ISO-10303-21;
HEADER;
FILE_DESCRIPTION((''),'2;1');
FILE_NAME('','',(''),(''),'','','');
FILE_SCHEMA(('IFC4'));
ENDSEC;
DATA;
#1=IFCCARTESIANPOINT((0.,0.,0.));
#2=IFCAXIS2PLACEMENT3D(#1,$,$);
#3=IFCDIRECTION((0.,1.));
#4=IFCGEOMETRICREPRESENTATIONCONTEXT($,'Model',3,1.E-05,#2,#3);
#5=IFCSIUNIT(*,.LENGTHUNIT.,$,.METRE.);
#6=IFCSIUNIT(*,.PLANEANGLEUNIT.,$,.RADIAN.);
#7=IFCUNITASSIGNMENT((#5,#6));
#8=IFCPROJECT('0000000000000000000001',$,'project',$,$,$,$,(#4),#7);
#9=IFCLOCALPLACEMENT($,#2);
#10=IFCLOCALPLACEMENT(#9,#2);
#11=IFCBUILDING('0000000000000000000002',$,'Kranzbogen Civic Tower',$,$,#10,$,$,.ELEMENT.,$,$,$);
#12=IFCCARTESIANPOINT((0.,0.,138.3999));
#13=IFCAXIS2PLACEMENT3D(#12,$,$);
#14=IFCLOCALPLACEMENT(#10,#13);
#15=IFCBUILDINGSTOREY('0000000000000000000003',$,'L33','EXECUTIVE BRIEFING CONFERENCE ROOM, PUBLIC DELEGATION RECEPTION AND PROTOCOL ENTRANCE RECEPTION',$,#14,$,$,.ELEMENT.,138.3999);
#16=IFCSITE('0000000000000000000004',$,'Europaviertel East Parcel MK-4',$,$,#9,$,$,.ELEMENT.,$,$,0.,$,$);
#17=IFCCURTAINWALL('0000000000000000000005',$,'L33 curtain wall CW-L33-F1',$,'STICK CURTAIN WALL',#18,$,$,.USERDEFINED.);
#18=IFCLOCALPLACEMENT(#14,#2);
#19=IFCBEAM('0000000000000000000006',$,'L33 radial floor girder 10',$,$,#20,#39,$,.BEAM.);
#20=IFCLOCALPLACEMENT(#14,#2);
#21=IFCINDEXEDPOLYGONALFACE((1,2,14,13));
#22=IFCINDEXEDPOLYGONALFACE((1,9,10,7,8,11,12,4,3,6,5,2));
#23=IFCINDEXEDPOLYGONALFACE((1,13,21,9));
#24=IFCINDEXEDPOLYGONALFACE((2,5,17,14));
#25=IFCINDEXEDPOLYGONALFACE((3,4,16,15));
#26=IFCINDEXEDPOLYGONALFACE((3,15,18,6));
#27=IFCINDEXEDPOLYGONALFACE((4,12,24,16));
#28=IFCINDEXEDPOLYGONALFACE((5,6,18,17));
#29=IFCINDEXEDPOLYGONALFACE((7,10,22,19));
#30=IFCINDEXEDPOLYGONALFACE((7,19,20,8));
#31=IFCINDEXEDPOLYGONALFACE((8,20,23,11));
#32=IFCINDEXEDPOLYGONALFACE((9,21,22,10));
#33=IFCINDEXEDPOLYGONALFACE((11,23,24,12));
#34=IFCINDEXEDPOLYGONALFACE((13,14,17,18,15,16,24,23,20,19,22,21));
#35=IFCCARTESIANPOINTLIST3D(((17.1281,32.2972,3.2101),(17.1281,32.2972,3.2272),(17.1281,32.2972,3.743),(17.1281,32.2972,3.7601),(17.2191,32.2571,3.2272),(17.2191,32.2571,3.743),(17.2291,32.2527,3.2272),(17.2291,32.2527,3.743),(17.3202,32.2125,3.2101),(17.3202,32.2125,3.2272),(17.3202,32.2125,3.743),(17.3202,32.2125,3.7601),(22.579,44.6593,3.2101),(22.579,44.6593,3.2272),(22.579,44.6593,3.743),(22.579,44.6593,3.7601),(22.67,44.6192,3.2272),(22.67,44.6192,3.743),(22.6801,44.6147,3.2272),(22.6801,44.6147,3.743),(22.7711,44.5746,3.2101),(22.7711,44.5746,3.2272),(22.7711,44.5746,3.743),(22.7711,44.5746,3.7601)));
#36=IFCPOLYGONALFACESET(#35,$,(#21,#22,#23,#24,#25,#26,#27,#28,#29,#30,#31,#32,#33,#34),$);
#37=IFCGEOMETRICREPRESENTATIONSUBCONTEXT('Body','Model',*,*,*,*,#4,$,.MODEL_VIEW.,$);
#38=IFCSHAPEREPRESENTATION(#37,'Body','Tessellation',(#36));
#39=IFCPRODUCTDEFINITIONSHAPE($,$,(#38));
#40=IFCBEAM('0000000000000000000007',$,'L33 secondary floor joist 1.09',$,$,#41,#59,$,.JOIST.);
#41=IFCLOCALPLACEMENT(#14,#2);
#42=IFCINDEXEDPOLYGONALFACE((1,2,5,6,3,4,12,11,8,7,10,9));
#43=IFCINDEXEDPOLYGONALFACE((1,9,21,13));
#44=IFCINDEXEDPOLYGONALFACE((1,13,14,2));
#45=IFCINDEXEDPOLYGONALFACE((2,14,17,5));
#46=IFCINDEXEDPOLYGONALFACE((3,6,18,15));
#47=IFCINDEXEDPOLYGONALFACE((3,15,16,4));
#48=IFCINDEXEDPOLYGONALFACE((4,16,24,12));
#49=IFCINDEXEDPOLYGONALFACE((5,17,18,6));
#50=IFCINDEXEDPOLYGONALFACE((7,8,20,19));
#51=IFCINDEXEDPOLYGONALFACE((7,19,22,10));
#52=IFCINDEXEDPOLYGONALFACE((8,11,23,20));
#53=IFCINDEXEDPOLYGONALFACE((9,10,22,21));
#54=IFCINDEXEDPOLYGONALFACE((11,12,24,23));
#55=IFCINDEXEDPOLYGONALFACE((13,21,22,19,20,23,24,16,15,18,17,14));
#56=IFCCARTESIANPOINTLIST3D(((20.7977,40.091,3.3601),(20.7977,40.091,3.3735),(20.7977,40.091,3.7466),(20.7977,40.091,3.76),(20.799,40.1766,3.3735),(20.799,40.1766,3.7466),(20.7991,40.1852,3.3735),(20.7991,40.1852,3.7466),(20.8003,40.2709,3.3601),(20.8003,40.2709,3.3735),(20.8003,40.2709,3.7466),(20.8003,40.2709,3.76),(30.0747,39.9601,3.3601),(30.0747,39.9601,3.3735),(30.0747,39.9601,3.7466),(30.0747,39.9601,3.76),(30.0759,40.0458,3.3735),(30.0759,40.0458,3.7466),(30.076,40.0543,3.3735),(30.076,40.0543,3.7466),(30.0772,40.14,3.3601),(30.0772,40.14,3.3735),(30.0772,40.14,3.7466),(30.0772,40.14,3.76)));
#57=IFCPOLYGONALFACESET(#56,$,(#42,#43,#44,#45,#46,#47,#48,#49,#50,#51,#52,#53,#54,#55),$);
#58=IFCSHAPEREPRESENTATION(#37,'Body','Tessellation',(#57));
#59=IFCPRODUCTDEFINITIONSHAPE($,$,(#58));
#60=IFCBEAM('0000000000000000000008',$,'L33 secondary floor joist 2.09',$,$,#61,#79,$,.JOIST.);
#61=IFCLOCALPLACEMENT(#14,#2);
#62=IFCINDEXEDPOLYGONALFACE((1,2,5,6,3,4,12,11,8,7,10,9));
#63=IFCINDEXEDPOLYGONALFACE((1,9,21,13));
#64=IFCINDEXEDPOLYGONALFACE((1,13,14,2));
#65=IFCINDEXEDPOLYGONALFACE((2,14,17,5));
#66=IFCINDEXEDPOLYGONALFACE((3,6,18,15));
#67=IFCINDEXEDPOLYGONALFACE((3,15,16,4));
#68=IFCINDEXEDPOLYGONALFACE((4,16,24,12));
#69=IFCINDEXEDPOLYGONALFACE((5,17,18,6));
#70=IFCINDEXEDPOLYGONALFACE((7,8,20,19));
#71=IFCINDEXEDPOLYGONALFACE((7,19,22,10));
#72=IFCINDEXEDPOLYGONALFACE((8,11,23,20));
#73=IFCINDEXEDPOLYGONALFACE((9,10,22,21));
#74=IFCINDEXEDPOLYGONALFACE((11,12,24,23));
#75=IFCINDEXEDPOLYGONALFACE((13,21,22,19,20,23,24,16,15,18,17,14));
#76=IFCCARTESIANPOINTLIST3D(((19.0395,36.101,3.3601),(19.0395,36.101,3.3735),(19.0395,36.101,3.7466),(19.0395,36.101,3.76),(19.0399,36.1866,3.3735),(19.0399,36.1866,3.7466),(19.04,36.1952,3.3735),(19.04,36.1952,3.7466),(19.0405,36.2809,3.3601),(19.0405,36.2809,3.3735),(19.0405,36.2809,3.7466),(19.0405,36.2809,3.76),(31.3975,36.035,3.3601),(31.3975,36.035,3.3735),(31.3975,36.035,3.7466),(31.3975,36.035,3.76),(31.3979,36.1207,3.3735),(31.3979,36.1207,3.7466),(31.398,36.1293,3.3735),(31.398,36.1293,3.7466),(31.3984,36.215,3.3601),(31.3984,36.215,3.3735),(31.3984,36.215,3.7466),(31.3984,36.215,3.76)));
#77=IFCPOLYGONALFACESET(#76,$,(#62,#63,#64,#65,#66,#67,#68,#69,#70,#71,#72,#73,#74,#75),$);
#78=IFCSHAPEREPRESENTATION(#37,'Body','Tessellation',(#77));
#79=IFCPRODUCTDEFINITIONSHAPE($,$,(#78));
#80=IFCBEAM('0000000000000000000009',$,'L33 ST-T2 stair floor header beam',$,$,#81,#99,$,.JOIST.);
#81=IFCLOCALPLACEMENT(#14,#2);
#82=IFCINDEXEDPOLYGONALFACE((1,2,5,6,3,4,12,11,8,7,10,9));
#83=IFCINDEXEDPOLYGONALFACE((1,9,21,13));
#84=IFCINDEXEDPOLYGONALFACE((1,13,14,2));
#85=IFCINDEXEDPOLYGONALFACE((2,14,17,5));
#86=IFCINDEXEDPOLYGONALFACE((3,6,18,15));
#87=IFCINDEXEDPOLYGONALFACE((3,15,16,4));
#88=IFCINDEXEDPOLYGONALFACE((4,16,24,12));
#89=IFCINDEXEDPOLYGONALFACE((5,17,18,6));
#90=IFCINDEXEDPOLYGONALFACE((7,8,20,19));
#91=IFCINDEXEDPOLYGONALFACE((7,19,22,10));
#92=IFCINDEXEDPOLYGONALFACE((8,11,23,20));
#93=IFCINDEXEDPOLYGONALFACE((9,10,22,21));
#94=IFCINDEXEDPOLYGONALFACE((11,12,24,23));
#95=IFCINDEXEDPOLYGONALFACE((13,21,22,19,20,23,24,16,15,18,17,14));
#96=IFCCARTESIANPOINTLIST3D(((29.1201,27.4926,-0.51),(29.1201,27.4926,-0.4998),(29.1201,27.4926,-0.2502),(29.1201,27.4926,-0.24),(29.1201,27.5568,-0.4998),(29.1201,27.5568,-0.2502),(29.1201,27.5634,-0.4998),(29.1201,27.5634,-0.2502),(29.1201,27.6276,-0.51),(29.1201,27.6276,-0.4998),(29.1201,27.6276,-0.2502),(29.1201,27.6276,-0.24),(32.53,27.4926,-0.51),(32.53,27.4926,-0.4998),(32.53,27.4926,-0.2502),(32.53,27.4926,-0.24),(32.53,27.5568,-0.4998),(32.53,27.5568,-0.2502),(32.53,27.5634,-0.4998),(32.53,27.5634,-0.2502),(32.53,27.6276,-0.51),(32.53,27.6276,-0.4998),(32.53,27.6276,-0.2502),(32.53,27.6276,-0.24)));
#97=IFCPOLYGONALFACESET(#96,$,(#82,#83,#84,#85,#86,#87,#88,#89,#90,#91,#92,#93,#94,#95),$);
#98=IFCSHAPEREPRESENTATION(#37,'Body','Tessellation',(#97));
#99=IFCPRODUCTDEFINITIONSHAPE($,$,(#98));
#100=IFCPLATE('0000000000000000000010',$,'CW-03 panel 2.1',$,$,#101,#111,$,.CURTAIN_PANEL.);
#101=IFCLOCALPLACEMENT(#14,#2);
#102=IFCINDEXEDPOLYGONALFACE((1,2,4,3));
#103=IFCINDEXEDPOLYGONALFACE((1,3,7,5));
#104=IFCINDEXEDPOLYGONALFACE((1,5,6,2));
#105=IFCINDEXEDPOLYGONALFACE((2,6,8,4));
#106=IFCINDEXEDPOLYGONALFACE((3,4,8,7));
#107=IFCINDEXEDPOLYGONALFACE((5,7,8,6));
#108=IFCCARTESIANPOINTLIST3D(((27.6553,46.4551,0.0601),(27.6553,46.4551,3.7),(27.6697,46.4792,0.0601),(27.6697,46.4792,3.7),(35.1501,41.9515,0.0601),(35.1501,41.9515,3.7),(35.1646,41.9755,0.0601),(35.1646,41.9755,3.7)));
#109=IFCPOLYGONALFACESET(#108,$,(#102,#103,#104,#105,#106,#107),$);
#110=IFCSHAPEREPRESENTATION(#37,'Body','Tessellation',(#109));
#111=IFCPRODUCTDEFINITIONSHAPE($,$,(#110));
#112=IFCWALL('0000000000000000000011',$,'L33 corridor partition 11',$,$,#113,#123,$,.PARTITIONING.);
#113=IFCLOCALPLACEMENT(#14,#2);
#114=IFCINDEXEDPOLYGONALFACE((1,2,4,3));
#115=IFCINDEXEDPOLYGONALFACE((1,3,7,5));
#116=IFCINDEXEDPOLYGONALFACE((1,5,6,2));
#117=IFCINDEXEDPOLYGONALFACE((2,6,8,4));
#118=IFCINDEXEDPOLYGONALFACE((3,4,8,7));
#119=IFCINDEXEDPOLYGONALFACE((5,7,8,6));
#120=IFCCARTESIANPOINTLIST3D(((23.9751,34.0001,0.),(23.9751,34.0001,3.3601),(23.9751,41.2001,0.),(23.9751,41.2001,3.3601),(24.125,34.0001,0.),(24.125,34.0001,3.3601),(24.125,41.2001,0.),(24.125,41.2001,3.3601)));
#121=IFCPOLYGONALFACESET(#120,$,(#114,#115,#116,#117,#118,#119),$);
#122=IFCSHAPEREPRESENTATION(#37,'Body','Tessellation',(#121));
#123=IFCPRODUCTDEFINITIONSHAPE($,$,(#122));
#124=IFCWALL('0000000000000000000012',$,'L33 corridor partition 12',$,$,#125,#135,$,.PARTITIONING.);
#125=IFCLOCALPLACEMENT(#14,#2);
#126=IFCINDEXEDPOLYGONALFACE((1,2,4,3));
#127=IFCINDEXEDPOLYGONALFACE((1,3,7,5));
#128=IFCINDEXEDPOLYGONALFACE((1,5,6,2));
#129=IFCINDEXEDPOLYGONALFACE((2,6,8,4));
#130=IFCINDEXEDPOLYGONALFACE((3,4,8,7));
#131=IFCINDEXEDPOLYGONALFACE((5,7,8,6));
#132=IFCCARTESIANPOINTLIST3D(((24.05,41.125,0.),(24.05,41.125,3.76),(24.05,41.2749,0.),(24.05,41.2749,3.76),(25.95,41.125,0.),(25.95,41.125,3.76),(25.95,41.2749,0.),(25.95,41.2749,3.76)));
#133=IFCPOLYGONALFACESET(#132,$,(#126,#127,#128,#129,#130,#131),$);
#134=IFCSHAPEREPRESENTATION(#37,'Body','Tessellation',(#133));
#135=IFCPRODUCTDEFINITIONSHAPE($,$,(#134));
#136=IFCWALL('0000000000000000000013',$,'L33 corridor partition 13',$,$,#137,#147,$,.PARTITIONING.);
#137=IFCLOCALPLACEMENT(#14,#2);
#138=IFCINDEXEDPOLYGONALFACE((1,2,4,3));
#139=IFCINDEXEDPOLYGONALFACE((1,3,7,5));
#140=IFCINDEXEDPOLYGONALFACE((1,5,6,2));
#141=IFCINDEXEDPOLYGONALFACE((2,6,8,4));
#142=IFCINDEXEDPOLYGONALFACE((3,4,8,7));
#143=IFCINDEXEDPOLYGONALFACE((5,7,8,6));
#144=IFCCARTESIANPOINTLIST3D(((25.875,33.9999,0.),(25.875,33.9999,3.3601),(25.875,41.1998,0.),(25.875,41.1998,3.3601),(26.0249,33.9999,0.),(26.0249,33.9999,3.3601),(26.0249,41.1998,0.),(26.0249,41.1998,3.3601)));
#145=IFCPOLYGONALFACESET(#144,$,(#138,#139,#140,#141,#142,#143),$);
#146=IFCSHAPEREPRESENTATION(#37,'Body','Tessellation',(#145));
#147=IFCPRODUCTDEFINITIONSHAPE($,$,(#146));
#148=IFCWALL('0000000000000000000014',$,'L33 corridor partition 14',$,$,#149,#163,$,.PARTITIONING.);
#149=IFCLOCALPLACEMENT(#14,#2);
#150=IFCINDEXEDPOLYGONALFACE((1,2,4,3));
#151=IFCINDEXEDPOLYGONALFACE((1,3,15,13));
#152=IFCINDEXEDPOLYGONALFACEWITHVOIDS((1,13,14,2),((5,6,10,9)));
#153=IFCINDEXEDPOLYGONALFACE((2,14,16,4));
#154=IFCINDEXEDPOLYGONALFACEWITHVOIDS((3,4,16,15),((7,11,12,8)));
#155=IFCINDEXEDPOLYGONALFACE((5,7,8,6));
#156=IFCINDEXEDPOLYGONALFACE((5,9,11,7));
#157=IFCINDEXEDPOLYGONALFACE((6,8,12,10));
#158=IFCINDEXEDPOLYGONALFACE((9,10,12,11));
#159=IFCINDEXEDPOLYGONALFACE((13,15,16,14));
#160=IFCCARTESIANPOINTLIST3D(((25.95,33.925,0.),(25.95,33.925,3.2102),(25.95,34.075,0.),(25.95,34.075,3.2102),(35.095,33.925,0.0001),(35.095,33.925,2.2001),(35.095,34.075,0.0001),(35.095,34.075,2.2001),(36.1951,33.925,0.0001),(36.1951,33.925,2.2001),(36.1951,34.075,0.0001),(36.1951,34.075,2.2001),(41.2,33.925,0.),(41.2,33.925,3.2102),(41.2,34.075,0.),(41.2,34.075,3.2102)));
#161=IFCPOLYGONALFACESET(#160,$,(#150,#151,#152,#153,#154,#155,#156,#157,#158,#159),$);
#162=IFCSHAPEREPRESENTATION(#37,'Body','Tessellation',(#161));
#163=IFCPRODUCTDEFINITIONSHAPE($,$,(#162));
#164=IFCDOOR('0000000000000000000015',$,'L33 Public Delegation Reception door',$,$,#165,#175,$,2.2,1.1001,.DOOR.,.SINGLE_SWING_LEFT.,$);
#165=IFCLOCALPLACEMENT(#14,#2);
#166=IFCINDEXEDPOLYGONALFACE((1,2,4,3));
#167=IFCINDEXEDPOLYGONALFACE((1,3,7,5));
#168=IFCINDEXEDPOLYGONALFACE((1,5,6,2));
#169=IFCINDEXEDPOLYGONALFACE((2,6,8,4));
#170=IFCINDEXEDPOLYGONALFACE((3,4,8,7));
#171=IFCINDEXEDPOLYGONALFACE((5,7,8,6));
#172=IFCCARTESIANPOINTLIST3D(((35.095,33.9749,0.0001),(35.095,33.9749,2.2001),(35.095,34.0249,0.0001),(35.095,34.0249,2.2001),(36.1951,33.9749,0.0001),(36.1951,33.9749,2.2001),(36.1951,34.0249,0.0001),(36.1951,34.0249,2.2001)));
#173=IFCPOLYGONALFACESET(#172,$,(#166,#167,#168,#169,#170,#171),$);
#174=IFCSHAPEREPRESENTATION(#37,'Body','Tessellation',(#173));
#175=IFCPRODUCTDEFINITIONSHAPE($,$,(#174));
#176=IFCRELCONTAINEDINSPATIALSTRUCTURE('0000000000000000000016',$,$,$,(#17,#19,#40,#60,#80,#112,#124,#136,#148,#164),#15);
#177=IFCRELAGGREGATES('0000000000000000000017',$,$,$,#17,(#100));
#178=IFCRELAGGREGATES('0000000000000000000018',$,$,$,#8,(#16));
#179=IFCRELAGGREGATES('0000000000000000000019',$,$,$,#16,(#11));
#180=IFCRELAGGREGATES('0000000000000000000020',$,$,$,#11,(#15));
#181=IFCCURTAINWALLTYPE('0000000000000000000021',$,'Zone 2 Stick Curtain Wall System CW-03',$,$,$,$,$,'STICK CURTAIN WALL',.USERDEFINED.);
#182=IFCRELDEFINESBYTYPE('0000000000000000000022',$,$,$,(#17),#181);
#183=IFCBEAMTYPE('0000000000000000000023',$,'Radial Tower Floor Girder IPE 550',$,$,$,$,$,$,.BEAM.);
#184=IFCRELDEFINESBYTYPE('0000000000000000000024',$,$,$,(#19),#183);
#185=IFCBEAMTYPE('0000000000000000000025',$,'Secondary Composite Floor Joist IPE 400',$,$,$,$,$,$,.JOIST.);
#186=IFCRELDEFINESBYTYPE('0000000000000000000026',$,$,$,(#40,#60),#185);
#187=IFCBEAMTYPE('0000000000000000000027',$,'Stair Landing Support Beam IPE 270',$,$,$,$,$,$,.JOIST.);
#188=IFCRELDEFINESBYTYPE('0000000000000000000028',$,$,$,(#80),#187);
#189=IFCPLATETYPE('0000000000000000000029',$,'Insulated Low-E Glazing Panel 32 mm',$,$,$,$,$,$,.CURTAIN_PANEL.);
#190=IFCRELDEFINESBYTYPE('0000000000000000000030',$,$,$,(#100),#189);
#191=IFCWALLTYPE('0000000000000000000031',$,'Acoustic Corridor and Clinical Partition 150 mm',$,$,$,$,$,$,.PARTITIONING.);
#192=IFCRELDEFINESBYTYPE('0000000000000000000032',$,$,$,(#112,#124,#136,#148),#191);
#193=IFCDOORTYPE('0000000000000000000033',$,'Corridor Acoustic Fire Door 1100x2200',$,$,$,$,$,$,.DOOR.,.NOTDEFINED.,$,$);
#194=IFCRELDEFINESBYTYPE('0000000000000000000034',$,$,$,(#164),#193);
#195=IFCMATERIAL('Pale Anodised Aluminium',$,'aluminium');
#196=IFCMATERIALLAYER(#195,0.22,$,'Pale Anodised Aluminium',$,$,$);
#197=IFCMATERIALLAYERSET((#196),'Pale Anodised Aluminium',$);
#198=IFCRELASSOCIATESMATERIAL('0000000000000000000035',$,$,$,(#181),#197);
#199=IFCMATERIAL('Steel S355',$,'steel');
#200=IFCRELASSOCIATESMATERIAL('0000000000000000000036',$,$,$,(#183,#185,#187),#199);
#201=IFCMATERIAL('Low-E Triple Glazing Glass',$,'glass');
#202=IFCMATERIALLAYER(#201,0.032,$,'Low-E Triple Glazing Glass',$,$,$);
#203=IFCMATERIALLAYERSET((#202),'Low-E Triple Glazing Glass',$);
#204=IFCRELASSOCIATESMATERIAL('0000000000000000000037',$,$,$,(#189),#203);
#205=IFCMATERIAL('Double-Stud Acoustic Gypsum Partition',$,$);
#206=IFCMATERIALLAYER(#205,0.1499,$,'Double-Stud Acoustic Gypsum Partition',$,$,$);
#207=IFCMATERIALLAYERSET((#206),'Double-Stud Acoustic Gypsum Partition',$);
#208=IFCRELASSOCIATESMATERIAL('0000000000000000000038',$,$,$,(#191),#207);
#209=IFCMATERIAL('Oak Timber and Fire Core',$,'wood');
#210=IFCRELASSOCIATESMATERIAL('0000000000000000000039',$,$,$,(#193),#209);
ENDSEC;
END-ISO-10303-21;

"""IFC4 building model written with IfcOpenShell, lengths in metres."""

from ifc_helpers import new_model, si_unit, direction, frame, frame_2d, origin, origin_2d, place, context, subcontext, project, spatial, rectangle, i_section, extrude, material, layer, layer_set, material_profile, profile_set, type_object, element, fill, aggregate, save


model = new_model("IFC4")

# Units and contexts
model_context = context("Model", 3, precision=1e-05, world=origin(), true_north=direction((0.0, 1.0)))
body_context = subcontext(model_context, "Body", "Model", "MODEL_VIEW")
ifc_project = project(units=[si_unit("LENGTHUNIT", "METRE"), si_unit("PLANEANGLEUNIT", "RADIAN")], contexts=[model_context])

# Site, building, storey
site_placement = place(None, origin())
site = spatial("IfcSite", under=ifc_project, at=site_placement, Name="Europaviertel East Parcel MK-4", CompositionType="ELEMENT", RefElevation=0.0)
building_placement = place(site_placement, origin())
building = spatial("IfcBuilding", under=site, at=building_placement, Name="Kranzbogen Civic Tower", CompositionType="ELEMENT")
storey_placement = place(building_placement, frame((0.0, 0.0, 138.3999)))
storey = spatial("IfcBuildingStorey", under=building, at=storey_placement, Name="L33", Description="EXECUTIVE BRIEFING CONFERENCE ROOM, PUBLIC DELEGATION RECEPTION AND PROTOCOL ENTRANCE RECEPTION", CompositionType="ELEMENT", Elevation=138.3999)

# Shared definitions
ifc_material_1 = material(Name="Steel S355", Category="steel")

# Curtain wall
ifc_material_2 = material(Name="Pale Anodised Aluminium", Category="aluminium")
ifc_layer_1 = layer(ifc_material_2, 0.22, Name="Pale Anodised Aluminium")
ifc_layer_set_1 = layer_set([ifc_layer_1], Name="Pale Anodised Aluminium")
curtain_wall_type = type_object("IfcCurtainWallType", Name="Zone 2 Stick Curtain Wall System CW-03", ElementType="STICK CURTAIN WALL", PredefinedType="USERDEFINED", material=ifc_layer_set_1)
curtain_wall_1_placement = place(storey_placement, origin())
curtain_wall_1 = element("IfcCurtainWall", 1, at=curtain_wall_1_placement, inside=storey, type_object=curtain_wall_type, Name="L33 curtain wall CW-L33-F1", ObjectType="STICK CURTAIN WALL", PredefinedType="USERDEFINED")

# Beams
ifc_material_profile_1 = material_profile(ifc_material_1, i_section(OverallWidth=0.21, OverallDepth=0.55, WebThickness=0.011, FlangeThickness=0.0171, at=origin_2d()), Name="IPE 550")
ifc_profile_set_1 = profile_set([ifc_material_profile_1], Name="Steel S355")
beam_type_1 = type_object("IfcBeamType", Name="Radial Tower Floor Girder IPE 550", PredefinedType="BEAM", material=ifc_profile_set_1)
beam_1_placement = place(storey_placement, frame((22.675, 44.6169, 3.4851), z_axis=(-0.403459, -0.914998, 0.0), x_axis=(0.914998, -0.403459, 0.0)))
element("IfcBeam", 2, at=beam_1_placement, inside=storey, type_object=beam_type_1, Name="L33 radial floor girder 10", PredefinedType="BEAM", context=body_context, shape_type="SweptSolid", body=[
    extrude(i_section(OverallWidth=0.21, OverallDepth=0.55, WebThickness=0.011, FlangeThickness=0.0171, at=origin_2d()), origin(), (0.0, 0.0, 1.0), 13.5105),
])
ifc_material_profile_2 = material_profile(ifc_material_1, i_section(OverallWidth=0.1799, OverallDepth=0.3999, WebThickness=0.0085, FlangeThickness=0.0134, at=origin_2d()), Name="IPE 400")
ifc_profile_set_2 = profile_set([ifc_material_profile_2], Name="Steel S355")
beam_type_2 = type_object("IfcBeamType", Name="Secondary Composite Floor Joist IPE 400", PredefinedType="JOIST", material=ifc_profile_set_2)
beam_2_placement = place(storey_placement, frame((30.0759, 40.05, 3.5601), z_axis=(-0.999901, 0.014105, 0.0), x_axis=(-0.014105, -0.999901, 0.0)))
element("IfcBeam", 3, at=beam_2_placement, inside=storey, type_object=beam_type_2, Name="L33 secondary floor joist 1.09", PredefinedType="JOIST", context=body_context, shape_type="SweptSolid", body=[
    extrude(i_section(OverallWidth=0.1799, OverallDepth=0.3999, WebThickness=0.0085, FlangeThickness=0.0134, at=origin_2d()), origin(), (0.0, 0.0, 1.0), 9.2778),
])
beam_3_placement = place(storey_placement, frame((31.3979, 36.125, 3.5601), z_axis=(-0.999986, 0.005334, 0.0), x_axis=(-0.005334, -0.999986, 0.0)))
element("IfcBeam", 4, at=beam_3_placement, inside=storey, type_object=beam_type_2, Name="L33 secondary floor joist 2.09", PredefinedType="JOIST", context=body_context, shape_type="SweptSolid", body=[
    extrude(i_section(OverallWidth=0.1799, OverallDepth=0.3999, WebThickness=0.0085, FlangeThickness=0.0134, at=origin_2d()), origin(), (0.0, 0.0, 1.0), 12.3582),
])
ifc_material_profile_3 = material_profile(ifc_material_1, i_section(OverallWidth=0.135, OverallDepth=0.27, WebThickness=0.0066, FlangeThickness=0.0103, at=origin_2d()), Name="IPE 270")
ifc_profile_set_3 = profile_set([ifc_material_profile_3], Name="Steel S355")
beam_type_3 = type_object("IfcBeamType", Name="Stair Landing Support Beam IPE 270", PredefinedType="JOIST", material=ifc_profile_set_3)
beam_4_placement = place(storey_placement, frame((29.1201, 27.5601, -0.375), z_axis=(1.0, 0.0, 0.0), x_axis=(0.0, 1.0, 0.0)))
element("IfcBeam", 5, at=beam_4_placement, inside=storey, type_object=beam_type_3, Name="L33 ST-T2 stair floor header beam", PredefinedType="JOIST", context=body_context, shape_type="SweptSolid", body=[
    extrude(i_section(OverallWidth=0.135, OverallDepth=0.27, WebThickness=0.0066, FlangeThickness=0.0103, at=origin_2d()), origin(), (0.0, 0.0, 1.0), 3.4099),
])

# Plate
ifc_material_3 = material(Name="Low-E Triple Glazing Glass", Category="glass")
ifc_layer_2 = layer(ifc_material_3, 0.032, Name="Low-E Triple Glazing Glass")
ifc_layer_set_2 = layer_set([ifc_layer_2], Name="Low-E Triple Glazing Glass")
plate_type = type_object("IfcPlateType", Name="Insulated Low-E Glazing Panel 32 mm", PredefinedType="CURTAIN_PANEL", material=ifc_layer_set_2)
plate_placement = place(storey_placement, frame((31.4099, 44.2153, 0.0601), z_axis=(0.0, 0.0, 1.0), x_axis=(-0.857153, 0.515062, 0.0)))
plate = element("IfcPlate", 6, at=plate_placement, type_object=plate_type, Name="CW-03 panel 2.1", PredefinedType="CURTAIN_PANEL", context=body_context, shape_type="SweptSolid", body=[
    extrude(rectangle(XDim=8.7439, YDim=0.0281, at=origin_2d()), origin(), (0.0, 0.0, 1.0), 3.6399),
])
aggregate(curtain_wall_1, [plate])

# Walls
ifc_material_4 = material(Name="Double-Stud Acoustic Gypsum Partition")
ifc_layer_3 = layer(ifc_material_4, 0.1499, Name="Double-Stud Acoustic Gypsum Partition")
ifc_layer_set_3 = layer_set([ifc_layer_3], Name="Double-Stud Acoustic Gypsum Partition")
wall_type_1 = type_object("IfcWallType", Name="Acoustic Corridor and Clinical Partition 150 mm", PredefinedType="PARTITIONING", material=ifc_layer_set_3)
wall_1_placement = place(storey_placement, frame((24.05, 34.0, 0.0), z_axis=(0.0, 0.0, 1.0), x_axis=(0.0, 1.0, 0.0)))
element("IfcWall", 7, at=wall_1_placement, inside=storey, type_object=wall_type_1, Name="L33 corridor partition 11", PredefinedType="PARTITIONING", context=body_context, shape_type="SweptSolid", body=[
    extrude(rectangle(XDim=7.2, YDim=0.1499, at=frame_2d((3.6001, 0.0))), origin(), (0.0, 0.0, 1.0), 3.3601),
])
wall_2_placement = place(storey_placement, frame((24.05, 41.2, 0.0), z_axis=(0.0, 0.0, 1.0), x_axis=(1.0, 0.0, 0.0)))
element("IfcWall", 8, at=wall_2_placement, inside=storey, type_object=wall_type_1, Name="L33 corridor partition 12", PredefinedType="PARTITIONING", context=body_context, shape_type="SweptSolid", body=[
    extrude(rectangle(XDim=1.8999, YDim=0.1499, at=frame_2d((0.95, 0.0))), origin(), (0.0, 0.0, 1.0), 3.76),
])
wall_3_placement = place(storey_placement, frame((25.95, 41.2, 0.0), z_axis=(0.0, 0.0, 1.0), x_axis=(0.0, -1.0, 0.0)))
element("IfcWall", 9, at=wall_3_placement, inside=storey, type_object=wall_type_1, Name="L33 corridor partition 13", PredefinedType="PARTITIONING", context=body_context, shape_type="SweptSolid", body=[
    extrude(rectangle(XDim=7.2, YDim=0.1499, at=frame_2d((3.6001, 0.0))), origin(), (0.0, 0.0, 1.0), 3.3601),
])

# Wall, opening, door
wall_4_placement = place(storey_placement, frame((25.95, 34.0, 0.0), z_axis=(0.0, 0.0, 1.0), x_axis=(1.0, 0.0, 0.0)))
wall_4 = element("IfcWall", 10, at=wall_4_placement, inside=storey, type_object=wall_type_1, Name="L33 corridor partition 14", PredefinedType="PARTITIONING", context=body_context, shape_type="SweptSolid", body=[
    extrude(rectangle(XDim=15.25, YDim=0.1499, at=frame_2d((7.625, 0.0))), origin(), (0.0, 0.0, 1.0), 3.2102),
])
opening_1_placement = place(wall_4_placement, frame((9.145, 0.0, 0.0)))
opening_1 = element("IfcOpeningElement", 11, at=opening_1_placement, cuts=wall_4, PredefinedType="OPENING", context=body_context, shape_type="SweptSolid", body=[
    extrude(rectangle(XDim=1.1001, YDim=2.2, at=frame_2d((0.55, 1.1001))), frame((0.0, 0.085, 0.0), z_axis=(0.0, -1.0, 0.0), x_axis=(1.0, 0.0, 0.0)), (0.0, 0.0, 1.0), 0.1699),
])
ifc_material_5 = material(Name="Oak Timber and Fire Core", Category="wood")
door_type_1 = type_object("IfcDoorType", Name="Corridor Acoustic Fire Door 1100x2200", OperationType="NOTDEFINED", PredefinedType="DOOR", material=ifc_material_5)
door_1_placement = place(opening_1_placement, origin())
door_1 = element("IfcDoor", 12, at=door_1_placement, inside=storey, type_object=door_type_1, Name="L33 Public Delegation Reception door", OperationType="SINGLE_SWING_LEFT", OverallHeight=2.2, OverallWidth=1.1001, PredefinedType="DOOR", context=body_context, shape_type="SweptSolid", body=[
    extrude(rectangle(XDim=1.1001, YDim=2.2, at=frame_2d((0.55, 1.1001))), frame((0.0, 0.0249, 0.0), z_axis=(0.0, -1.0, 0.0), x_axis=(1.0, 0.0, 0.0)), (0.0, 0.0, 1.0), 0.05),
])
fill(opening_1, door_1)

save(model, "model.ifc")
